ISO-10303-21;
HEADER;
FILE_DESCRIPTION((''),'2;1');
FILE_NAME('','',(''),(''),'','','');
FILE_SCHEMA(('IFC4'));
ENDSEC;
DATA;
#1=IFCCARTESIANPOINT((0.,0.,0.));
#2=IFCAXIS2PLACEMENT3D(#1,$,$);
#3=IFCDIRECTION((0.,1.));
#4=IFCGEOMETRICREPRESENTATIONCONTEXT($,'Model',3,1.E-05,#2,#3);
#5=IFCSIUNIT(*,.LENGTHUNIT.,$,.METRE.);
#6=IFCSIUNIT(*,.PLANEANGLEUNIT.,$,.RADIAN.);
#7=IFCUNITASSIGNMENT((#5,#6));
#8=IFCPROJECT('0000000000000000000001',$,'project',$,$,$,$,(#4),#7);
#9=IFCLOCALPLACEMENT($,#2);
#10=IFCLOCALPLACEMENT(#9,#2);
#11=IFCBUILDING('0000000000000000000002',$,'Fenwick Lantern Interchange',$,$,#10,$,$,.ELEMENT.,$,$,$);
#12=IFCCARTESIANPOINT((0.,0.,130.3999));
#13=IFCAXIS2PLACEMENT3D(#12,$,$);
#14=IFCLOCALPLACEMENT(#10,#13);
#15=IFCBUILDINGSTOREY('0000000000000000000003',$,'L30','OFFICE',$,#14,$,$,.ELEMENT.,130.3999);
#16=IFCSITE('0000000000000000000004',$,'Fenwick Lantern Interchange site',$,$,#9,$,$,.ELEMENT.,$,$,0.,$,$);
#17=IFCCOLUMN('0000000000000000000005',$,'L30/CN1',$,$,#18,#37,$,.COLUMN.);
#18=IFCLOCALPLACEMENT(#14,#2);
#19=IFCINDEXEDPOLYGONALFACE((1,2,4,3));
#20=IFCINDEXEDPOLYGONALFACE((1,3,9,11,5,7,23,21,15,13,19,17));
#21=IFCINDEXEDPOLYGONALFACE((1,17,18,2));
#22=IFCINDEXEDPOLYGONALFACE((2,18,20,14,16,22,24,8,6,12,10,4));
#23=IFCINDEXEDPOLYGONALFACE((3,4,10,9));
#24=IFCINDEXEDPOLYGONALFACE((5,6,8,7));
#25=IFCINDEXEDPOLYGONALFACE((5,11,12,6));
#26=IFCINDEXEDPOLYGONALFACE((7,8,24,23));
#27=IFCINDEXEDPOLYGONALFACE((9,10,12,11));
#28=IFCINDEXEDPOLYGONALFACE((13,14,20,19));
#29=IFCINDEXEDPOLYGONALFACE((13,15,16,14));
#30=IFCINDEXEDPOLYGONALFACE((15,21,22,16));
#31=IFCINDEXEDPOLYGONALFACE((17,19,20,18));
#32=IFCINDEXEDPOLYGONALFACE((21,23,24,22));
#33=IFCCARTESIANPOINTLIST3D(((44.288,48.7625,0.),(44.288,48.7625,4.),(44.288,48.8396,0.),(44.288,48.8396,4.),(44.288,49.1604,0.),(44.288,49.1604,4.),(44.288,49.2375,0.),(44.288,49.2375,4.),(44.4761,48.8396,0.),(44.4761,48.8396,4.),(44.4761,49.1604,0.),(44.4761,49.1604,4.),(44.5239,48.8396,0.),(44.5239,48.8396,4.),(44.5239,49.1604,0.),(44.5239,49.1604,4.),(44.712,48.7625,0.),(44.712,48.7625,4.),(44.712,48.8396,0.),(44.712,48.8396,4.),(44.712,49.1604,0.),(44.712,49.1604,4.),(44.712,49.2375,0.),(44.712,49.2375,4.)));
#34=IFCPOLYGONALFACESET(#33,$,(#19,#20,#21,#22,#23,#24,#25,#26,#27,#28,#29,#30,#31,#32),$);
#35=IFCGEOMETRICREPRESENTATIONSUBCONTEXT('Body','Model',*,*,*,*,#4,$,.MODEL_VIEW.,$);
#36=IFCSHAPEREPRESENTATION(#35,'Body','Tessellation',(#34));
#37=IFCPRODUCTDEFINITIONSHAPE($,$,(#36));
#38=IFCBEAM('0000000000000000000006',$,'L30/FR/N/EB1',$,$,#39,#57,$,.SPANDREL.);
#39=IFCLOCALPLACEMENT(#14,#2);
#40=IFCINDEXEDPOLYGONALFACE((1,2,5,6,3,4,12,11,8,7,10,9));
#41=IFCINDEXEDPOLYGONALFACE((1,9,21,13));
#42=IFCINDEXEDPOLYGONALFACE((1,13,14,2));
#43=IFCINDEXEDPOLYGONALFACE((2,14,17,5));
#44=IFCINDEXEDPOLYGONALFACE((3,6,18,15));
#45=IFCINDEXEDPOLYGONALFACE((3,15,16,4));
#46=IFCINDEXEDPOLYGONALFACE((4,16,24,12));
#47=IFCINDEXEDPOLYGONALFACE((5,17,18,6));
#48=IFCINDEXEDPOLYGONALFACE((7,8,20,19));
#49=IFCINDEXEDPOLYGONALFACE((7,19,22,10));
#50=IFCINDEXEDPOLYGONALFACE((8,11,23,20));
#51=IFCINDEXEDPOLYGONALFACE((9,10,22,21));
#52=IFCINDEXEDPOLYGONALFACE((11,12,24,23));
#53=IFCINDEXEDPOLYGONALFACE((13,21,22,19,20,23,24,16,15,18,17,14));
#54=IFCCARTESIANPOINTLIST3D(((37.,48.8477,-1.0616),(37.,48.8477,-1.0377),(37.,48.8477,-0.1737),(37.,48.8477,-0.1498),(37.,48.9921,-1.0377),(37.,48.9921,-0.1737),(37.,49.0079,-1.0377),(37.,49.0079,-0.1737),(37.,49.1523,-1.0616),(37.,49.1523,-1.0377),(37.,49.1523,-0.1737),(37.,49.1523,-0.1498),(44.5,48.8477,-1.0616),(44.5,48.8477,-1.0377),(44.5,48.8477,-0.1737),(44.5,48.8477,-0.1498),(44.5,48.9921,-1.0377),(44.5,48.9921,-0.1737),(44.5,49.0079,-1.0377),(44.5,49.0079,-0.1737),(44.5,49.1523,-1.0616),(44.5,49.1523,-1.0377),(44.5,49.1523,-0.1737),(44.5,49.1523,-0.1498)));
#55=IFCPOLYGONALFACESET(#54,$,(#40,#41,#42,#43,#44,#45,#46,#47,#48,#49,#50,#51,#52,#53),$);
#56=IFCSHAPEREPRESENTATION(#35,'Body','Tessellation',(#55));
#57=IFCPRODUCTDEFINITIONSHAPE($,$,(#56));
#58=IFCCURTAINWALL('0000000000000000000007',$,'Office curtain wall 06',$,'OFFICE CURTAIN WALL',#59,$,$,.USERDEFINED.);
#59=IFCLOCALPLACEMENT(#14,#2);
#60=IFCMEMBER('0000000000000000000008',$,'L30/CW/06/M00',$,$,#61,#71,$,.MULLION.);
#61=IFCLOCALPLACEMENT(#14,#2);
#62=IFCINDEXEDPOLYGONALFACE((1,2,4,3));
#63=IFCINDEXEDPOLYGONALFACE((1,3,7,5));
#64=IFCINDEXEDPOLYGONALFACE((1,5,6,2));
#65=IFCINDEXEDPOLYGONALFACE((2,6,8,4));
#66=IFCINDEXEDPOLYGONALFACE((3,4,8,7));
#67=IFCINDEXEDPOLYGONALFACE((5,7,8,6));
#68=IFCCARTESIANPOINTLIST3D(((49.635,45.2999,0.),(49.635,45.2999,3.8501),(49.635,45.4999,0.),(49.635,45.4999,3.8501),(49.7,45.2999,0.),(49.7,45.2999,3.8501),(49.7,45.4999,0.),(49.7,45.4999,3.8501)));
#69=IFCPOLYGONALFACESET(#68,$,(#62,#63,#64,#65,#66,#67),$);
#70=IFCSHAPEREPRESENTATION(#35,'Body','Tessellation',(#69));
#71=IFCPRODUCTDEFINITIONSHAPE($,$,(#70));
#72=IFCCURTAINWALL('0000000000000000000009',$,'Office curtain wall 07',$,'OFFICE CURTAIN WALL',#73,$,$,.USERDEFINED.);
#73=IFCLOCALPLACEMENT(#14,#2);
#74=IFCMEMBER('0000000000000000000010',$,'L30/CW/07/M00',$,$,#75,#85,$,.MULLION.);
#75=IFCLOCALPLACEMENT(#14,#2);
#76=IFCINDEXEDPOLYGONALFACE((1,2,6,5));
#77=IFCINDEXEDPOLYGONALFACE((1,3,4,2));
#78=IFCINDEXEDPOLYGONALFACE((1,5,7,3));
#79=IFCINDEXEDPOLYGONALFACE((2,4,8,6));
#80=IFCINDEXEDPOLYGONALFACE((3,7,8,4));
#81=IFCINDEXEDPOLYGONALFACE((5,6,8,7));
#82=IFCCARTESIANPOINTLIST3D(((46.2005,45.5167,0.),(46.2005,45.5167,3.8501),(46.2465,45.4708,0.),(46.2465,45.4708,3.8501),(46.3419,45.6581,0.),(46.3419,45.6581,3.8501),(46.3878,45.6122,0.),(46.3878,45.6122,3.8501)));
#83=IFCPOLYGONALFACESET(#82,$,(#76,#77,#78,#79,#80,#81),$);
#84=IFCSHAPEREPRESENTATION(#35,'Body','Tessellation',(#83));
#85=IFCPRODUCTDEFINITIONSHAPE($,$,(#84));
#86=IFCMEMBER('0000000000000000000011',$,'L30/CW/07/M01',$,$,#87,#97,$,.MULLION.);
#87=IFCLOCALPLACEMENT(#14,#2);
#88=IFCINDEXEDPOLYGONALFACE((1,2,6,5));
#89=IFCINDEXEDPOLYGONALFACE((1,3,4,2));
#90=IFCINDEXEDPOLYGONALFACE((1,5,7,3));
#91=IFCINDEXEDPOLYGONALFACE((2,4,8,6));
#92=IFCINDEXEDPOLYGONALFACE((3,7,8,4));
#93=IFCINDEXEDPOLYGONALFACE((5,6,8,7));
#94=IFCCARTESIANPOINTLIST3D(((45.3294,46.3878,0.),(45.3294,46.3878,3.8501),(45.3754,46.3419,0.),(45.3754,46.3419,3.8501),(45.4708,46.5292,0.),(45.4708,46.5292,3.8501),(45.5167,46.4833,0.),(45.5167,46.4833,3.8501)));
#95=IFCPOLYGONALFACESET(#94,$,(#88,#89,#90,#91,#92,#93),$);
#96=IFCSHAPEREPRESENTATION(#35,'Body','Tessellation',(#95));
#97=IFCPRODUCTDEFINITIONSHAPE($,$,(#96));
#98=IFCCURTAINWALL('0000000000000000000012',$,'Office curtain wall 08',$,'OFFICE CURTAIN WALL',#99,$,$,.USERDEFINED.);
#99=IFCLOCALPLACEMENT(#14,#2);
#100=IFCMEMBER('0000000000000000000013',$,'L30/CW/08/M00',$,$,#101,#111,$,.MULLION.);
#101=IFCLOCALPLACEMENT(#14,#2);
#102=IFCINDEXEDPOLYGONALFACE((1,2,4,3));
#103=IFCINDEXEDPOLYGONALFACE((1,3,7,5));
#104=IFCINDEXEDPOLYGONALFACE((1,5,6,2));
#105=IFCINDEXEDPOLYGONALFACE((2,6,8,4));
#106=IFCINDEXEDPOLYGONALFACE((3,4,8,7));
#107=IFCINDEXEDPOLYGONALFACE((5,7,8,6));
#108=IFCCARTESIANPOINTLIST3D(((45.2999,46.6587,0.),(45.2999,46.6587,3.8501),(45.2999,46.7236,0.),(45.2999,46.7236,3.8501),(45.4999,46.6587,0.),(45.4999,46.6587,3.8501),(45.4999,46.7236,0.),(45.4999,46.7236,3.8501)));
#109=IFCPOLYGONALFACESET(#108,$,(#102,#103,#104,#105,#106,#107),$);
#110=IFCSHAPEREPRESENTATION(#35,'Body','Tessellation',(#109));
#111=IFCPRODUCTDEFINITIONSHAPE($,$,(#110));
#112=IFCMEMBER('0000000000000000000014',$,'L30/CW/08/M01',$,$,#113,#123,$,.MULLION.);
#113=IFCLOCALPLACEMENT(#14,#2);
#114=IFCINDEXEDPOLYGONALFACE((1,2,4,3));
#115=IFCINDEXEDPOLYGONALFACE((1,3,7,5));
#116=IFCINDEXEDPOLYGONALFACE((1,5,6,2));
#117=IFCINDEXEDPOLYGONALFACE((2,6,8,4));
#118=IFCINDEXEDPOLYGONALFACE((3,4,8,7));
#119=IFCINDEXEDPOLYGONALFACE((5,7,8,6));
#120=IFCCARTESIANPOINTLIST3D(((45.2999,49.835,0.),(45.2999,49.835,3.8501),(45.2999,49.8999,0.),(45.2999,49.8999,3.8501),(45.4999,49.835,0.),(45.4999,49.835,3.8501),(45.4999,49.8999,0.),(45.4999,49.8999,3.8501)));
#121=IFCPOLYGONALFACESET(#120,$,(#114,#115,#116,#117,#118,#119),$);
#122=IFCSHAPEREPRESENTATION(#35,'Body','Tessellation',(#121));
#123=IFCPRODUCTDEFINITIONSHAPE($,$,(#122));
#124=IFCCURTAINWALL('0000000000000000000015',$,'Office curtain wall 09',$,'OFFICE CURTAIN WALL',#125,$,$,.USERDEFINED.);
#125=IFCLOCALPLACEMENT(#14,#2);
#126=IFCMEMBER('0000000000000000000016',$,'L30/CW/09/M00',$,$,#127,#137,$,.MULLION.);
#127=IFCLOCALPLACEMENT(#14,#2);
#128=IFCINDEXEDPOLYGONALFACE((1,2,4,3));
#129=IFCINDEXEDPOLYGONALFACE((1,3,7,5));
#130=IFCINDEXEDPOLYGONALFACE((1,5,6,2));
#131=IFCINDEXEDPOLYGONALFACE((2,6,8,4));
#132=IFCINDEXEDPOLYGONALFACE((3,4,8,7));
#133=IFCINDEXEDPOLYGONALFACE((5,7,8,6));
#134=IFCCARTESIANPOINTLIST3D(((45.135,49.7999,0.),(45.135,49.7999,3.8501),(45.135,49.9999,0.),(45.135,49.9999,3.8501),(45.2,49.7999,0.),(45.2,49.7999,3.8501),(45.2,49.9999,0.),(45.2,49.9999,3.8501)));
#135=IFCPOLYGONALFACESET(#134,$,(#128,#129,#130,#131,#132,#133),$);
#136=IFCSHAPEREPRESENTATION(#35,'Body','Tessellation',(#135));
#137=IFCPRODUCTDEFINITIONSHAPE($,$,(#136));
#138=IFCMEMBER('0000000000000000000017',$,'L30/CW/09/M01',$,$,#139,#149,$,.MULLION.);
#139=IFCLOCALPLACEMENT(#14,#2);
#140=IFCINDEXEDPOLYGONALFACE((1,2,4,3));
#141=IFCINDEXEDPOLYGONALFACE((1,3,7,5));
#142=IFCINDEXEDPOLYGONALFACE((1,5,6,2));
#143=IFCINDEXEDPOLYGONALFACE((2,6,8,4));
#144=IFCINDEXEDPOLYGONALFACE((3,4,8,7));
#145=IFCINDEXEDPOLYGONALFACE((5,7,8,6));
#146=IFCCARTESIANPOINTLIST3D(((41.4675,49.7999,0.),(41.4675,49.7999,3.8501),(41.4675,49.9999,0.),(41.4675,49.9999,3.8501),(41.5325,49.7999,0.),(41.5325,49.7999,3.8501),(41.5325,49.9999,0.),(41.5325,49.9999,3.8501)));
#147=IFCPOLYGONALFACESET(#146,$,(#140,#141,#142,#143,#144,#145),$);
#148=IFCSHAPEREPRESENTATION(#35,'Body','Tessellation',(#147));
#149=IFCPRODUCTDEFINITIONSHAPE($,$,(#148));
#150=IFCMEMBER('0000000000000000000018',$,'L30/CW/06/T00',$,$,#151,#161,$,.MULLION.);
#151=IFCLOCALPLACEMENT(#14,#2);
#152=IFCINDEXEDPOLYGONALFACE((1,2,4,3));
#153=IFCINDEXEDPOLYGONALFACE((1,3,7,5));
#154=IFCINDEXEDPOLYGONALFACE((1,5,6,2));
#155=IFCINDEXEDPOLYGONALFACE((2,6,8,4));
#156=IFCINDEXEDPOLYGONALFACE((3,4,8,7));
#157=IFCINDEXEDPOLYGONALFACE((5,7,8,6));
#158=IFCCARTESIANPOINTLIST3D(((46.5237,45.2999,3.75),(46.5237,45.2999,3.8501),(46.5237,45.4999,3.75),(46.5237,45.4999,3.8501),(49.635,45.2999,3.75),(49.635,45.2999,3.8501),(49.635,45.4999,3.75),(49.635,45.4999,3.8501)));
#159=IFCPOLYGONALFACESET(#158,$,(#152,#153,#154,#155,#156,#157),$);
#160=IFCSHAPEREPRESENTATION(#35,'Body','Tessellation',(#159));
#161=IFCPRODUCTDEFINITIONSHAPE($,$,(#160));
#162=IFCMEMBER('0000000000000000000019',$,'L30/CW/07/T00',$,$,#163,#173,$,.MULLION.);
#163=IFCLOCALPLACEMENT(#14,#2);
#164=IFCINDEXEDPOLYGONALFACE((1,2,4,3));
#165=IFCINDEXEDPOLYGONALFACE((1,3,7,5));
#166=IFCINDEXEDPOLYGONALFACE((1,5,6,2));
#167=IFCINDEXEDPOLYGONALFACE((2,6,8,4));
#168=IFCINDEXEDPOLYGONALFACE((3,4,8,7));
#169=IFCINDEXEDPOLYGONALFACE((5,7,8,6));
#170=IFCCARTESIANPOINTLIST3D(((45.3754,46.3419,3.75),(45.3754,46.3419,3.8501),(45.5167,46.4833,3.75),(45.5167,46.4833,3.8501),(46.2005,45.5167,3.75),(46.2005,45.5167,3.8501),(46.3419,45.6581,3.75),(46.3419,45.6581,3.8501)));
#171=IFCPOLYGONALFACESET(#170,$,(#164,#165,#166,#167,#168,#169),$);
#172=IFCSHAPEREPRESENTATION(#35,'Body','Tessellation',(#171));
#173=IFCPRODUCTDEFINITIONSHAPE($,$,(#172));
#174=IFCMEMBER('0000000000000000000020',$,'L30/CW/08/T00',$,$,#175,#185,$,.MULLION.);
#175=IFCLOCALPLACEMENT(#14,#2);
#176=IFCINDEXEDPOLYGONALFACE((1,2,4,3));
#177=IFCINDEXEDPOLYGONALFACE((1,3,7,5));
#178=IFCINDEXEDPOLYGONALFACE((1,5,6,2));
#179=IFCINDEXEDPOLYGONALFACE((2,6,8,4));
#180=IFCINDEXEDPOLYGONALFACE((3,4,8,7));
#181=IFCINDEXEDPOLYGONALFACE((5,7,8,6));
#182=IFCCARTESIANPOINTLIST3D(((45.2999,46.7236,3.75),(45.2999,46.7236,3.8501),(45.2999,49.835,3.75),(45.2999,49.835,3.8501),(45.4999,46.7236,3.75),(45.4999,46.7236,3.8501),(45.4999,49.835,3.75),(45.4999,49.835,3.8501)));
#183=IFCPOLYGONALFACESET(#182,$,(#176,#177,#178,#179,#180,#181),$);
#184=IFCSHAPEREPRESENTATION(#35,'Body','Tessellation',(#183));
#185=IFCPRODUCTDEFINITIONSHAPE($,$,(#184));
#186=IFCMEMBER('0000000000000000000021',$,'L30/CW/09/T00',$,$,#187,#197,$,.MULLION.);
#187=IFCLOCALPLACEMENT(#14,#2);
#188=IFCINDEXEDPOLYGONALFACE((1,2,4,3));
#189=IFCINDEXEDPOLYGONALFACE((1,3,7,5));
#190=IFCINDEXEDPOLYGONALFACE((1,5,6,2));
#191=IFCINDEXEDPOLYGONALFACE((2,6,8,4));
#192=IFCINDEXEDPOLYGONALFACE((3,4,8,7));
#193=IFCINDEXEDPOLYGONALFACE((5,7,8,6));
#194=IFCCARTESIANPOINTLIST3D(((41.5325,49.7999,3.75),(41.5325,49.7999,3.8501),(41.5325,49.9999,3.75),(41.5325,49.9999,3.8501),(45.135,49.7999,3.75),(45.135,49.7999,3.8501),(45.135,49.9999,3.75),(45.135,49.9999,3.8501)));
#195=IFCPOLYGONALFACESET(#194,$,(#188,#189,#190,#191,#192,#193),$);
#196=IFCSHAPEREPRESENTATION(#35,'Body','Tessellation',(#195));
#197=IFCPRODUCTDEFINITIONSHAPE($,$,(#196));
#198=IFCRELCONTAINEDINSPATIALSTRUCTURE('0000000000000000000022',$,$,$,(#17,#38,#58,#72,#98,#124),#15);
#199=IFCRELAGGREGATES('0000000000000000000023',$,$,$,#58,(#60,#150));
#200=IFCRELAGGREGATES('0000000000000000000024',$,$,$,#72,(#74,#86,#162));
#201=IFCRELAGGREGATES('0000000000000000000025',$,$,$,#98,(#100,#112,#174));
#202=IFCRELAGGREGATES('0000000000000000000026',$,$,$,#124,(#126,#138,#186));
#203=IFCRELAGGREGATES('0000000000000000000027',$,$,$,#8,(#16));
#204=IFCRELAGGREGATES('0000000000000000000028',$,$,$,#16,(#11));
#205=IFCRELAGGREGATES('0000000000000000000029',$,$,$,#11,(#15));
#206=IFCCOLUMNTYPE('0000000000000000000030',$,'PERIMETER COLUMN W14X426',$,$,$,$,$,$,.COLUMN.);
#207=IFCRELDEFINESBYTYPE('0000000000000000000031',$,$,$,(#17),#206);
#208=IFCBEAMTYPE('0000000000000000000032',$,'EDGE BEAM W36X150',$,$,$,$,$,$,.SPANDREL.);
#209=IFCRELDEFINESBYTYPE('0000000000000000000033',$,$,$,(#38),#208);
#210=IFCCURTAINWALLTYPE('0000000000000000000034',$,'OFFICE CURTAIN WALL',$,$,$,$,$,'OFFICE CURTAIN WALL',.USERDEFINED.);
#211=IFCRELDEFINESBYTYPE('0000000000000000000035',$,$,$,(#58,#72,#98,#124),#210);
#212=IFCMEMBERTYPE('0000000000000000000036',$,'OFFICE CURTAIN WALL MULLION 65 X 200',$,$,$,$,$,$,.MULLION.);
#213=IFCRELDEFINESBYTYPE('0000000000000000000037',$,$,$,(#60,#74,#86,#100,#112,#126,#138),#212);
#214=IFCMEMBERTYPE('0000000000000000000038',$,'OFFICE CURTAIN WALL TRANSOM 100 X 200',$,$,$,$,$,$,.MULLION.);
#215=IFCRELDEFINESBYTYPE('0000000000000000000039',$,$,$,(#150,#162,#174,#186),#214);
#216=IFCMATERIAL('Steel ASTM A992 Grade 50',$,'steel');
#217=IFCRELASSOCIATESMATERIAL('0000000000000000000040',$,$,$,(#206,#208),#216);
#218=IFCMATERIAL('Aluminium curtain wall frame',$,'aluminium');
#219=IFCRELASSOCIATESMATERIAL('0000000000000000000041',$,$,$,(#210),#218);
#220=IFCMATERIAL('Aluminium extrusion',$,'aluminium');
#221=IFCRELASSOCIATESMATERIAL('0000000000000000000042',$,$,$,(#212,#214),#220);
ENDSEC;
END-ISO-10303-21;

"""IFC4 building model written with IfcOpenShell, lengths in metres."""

from ifc_helpers import new_model, si_unit, direction, frame, origin, origin_2d, place, context, subcontext, project, spatial, rectangle, i_section, extrude, material, material_profile, profile_set, type_object, element, aggregate, save


model = new_model("IFC4")

# Units and contexts
model_context = context("Model", 3, precision=1e-05, world=origin(), true_north=direction((0.0, 1.0)))
body_context = subcontext(model_context, "Body", "Model", "MODEL_VIEW")
ifc_project = project(units=[si_unit("LENGTHUNIT", "METRE"), si_unit("PLANEANGLEUNIT", "RADIAN")], contexts=[model_context])

# Site, building, storey
site_placement = place(None, origin())
site = spatial("IfcSite", under=ifc_project, at=site_placement, Name="Fenwick Lantern Interchange site", CompositionType="ELEMENT", RefElevation=0.0)
building_placement = place(site_placement, origin())
building = spatial("IfcBuilding", under=site, at=building_placement, Name="Fenwick Lantern Interchange", CompositionType="ELEMENT")
storey_placement = place(building_placement, frame((0.0, 0.0, 130.3999)))
storey = spatial("IfcBuildingStorey", under=building, at=storey_placement, Name="L30", Description="OFFICE", CompositionType="ELEMENT", Elevation=130.3999)

# Column
ifc_material_1 = material(Name="Steel ASTM A992 Grade 50", Category="steel")
ifc_material_profile_1 = material_profile(ifc_material_1, i_section(OverallWidth=0.4241, OverallDepth=0.4751, WebThickness=0.0479, FlangeThickness=0.0771, at=origin_2d()), Name="W14X426")
ifc_profile_set_1 = profile_set([ifc_material_profile_1], Name="Steel ASTM A992 Grade 50")
column_type = type_object("IfcColumnType", Name="PERIMETER COLUMN W14X426", PredefinedType="COLUMN", material=ifc_profile_set_1)
column_placement = place(storey_placement, frame((44.5, 49.0, 0.0), z_axis=(0.0, 0.0, 1.0), x_axis=(1.0, 0.0, 0.0)))
element("IfcColumn", 1, at=column_placement, inside=storey, type_object=column_type, Name="L30/CN1", PredefinedType="COLUMN", context=body_context, shape_type="SweptSolid", body=[
    extrude(i_section(OverallWidth=0.4241, OverallDepth=0.4751, WebThickness=0.0479, FlangeThickness=0.0771, at=origin_2d()), origin(), (0.0, 0.0, 1.0), 4.0),
])

# Beam
ifc_material_profile_2 = material_profile(ifc_material_1, i_section(OverallWidth=0.3047, OverallDepth=0.9119, WebThickness=0.0159, FlangeThickness=0.0239, at=origin_2d()), Name="W36X150")
ifc_profile_set_2 = profile_set([ifc_material_profile_2], Name="Steel ASTM A992 Grade 50")
beam_type = type_object("IfcBeamType", Name="EDGE BEAM W36X150", PredefinedType="SPANDREL", material=ifc_profile_set_2)
beam_placement = place(storey_placement, frame((44.5, 49.0, -0.6057), z_axis=(-1.0, 0.0, 0.0), x_axis=(0.0, -1.0, 0.0)))
element("IfcBeam", 2, at=beam_placement, inside=storey, type_object=beam_type, Name="L30/FR/N/EB1", PredefinedType="SPANDREL", context=body_context, shape_type="SweptSolid", body=[
    extrude(i_section(OverallWidth=0.3047, OverallDepth=0.9119, WebThickness=0.0159, FlangeThickness=0.0239, at=origin_2d()), origin(), (0.0, 0.0, 1.0), 7.5),
])

# Curtain wall, member
ifc_material_2 = material(Name="Aluminium curtain wall frame", Category="aluminium")
curtain_wall_type = type_object("IfcCurtainWallType", Name="OFFICE CURTAIN WALL", ElementType="OFFICE CURTAIN WALL", PredefinedType="USERDEFINED", material=ifc_material_2)
curtain_wall_1_placement = place(storey_placement, origin())
curtain_wall_1 = element("IfcCurtainWall", 3, at=curtain_wall_1_placement, inside=storey, type_object=curtain_wall_type, Name="Office curtain wall 06", ObjectType="OFFICE CURTAIN WALL", PredefinedType="USERDEFINED")
ifc_material_3 = material(Name="Aluminium extrusion", Category="aluminium")
ifc_material_profile_3 = material_profile(ifc_material_3, rectangle(XDim=0.2, YDim=0.0649, at=origin_2d()), Name="OFFICE CURTAIN WALL MULLION 65 X 200")
ifc_profile_set_3 = profile_set([ifc_material_profile_3], Name="Aluminium extrusion")
member_type_1 = type_object("IfcMemberType", Name="OFFICE CURTAIN WALL MULLION 65 X 200", PredefinedType="MULLION", material=ifc_profile_set_3)
member_1_placement = place(storey_placement, frame((49.6675, 45.3999, 0.0), z_axis=(0.0, 0.0, 1.0), x_axis=(0.0, -1.0, 0.0)))
member_1 = element("IfcMember", 4, at=member_1_placement, type_object=member_type_1, Name="L30/CW/06/M00", PredefinedType="MULLION", context=body_context, shape_type="SweptSolid", body=[
    extrude(rectangle(XDim=0.2, YDim=0.0649, at=origin_2d()), origin(), (0.0, 0.0, 1.0), 3.8501),
])

# Curtain walls, members
curtain_wall_2_placement = place(storey_placement, origin())
curtain_wall_2 = element("IfcCurtainWall", 5, at=curtain_wall_2_placement, inside=storey, type_object=curtain_wall_type, Name="Office curtain wall 07", ObjectType="OFFICE CURTAIN WALL", PredefinedType="USERDEFINED")
member_2_placement = place(storey_placement, frame((46.2942, 45.5645, 0.0), z_axis=(0.0, 0.0, 1.0), x_axis=(-0.707107, -0.707107, 0.0)))
member_2 = element("IfcMember", 6, at=member_2_placement, type_object=member_type_1, Name="L30/CW/07/M00", PredefinedType="MULLION", context=body_context, shape_type="SweptSolid", body=[
    extrude(rectangle(XDim=0.2, YDim=0.0649, at=origin_2d()), origin(), (0.0, 0.0, 1.0), 3.8501),
])
member_3_placement = place(storey_placement, frame((45.4231, 46.4355, 0.0), z_axis=(0.0, 0.0, 1.0), x_axis=(-0.707107, -0.707107, 0.0)))
member_3 = element("IfcMember", 7, at=member_3_placement, type_object=member_type_1, Name="L30/CW/07/M01", PredefinedType="MULLION", context=body_context, shape_type="SweptSolid", body=[
    extrude(rectangle(XDim=0.2, YDim=0.0649, at=origin_2d()), origin(), (0.0, 0.0, 1.0), 3.8501),
])
curtain_wall_3_placement = place(storey_placement, origin())
curtain_wall_3 = element("IfcCurtainWall", 8, at=curtain_wall_3_placement, inside=storey, type_object=curtain_wall_type, Name="Office curtain wall 08", ObjectType="OFFICE CURTAIN WALL", PredefinedType="USERDEFINED")
member_4_placement = place(storey_placement, frame((45.3999, 46.6912, 0.0), z_axis=(0.0, 0.0, 1.0), x_axis=(-1.0, 0.0, 0.0)))
member_4 = element("IfcMember", 9, at=member_4_placement, type_object=member_type_1, Name="L30/CW/08/M00", PredefinedType="MULLION", context=body_context, shape_type="SweptSolid", body=[
    extrude(rectangle(XDim=0.2, YDim=0.0649, at=origin_2d()), origin(), (0.0, 0.0, 1.0), 3.8501),
])
member_5_placement = place(storey_placement, frame((45.3999, 49.8674, 0.0), z_axis=(0.0, 0.0, 1.0), x_axis=(-1.0, 0.0, 0.0)))
member_5 = element("IfcMember", 10, at=member_5_placement, type_object=member_type_1, Name="L30/CW/08/M01", PredefinedType="MULLION", context=body_context, shape_type="SweptSolid", body=[
    extrude(rectangle(XDim=0.2, YDim=0.0649, at=origin_2d()), origin(), (0.0, 0.0, 1.0), 3.8501),
])
curtain_wall_4_placement = place(storey_placement, origin())
curtain_wall_4 = element("IfcCurtainWall", 11, at=curtain_wall_4_placement, inside=storey, type_object=curtain_wall_type, Name="Office curtain wall 09", ObjectType="OFFICE CURTAIN WALL", PredefinedType="USERDEFINED")
member_6_placement = place(storey_placement, frame((45.1675, 49.8999, 0.0), z_axis=(0.0, 0.0, 1.0), x_axis=(0.0, -1.0, 0.0)))
member_6 = element("IfcMember", 12, at=member_6_placement, type_object=member_type_1, Name="L30/CW/09/M00", PredefinedType="MULLION", context=body_context, shape_type="SweptSolid", body=[
    extrude(rectangle(XDim=0.2, YDim=0.0649, at=origin_2d()), origin(), (0.0, 0.0, 1.0), 3.8501),
])
member_7_placement = place(storey_placement, frame((41.5, 49.8999, 0.0), z_axis=(0.0, 0.0, 1.0), x_axis=(0.0, -1.0, 0.0)))
member_7 = element("IfcMember", 13, at=member_7_placement, type_object=member_type_1, Name="L30/CW/09/M01", PredefinedType="MULLION", context=body_context, shape_type="SweptSolid", body=[
    extrude(rectangle(XDim=0.2, YDim=0.0649, at=origin_2d()), origin(), (0.0, 0.0, 1.0), 3.8501),
])

# Members
ifc_material_profile_4 = material_profile(ifc_material_3, rectangle(XDim=0.2, YDim=0.1001, at=origin_2d()), Name="OFFICE CURTAIN WALL TRANSOM 100 X 200")
ifc_profile_set_4 = profile_set([ifc_material_profile_4], Name="Aluminium extrusion")
member_type_2 = type_object("IfcMemberType", Name="OFFICE CURTAIN WALL TRANSOM 100 X 200", PredefinedType="MULLION", material=ifc_profile_set_4)
member_8_placement = place(storey_placement, frame((49.635, 45.3999, 3.8), z_axis=(-1.0, 0.0, 0.0), x_axis=(0.0, -1.0, 0.0)))
member_8 = element("IfcMember", 14, at=member_8_placement, type_object=member_type_2, Name="L30/CW/06/T00", PredefinedType="MULLION", context=body_context, shape_type="SweptSolid", body=[
    extrude(rectangle(XDim=0.2, YDim=0.1001, at=origin_2d()), origin(), (0.0, 0.0, 1.0), 3.1113),
])
member_9_placement = place(storey_placement, frame((46.2712, 45.5874, 3.8), z_axis=(-0.707107, 0.707107, 0.0), x_axis=(-0.707107, -0.707107, 0.0)))
member_9 = element("IfcMember", 15, at=member_9_placement, type_object=member_type_2, Name="L30/CW/07/T00", PredefinedType="MULLION", context=body_context, shape_type="SweptSolid", body=[
    extrude(rectangle(XDim=0.2, YDim=0.1001, at=origin_2d()), origin(), (0.0, 0.0, 1.0), 1.167),
])
member_10_placement = place(storey_placement, frame((45.3999, 46.7236, 3.8), z_axis=(0.0, 1.0, 0.0), x_axis=(-1.0, 0.0, 0.0)))
member_10 = element("IfcMember", 16, at=member_10_placement, type_object=member_type_2, Name="L30/CW/08/T00", PredefinedType="MULLION", context=body_context, shape_type="SweptSolid", body=[
    extrude(rectangle(XDim=0.2, YDim=0.1001, at=origin_2d()), origin(), (0.0, 0.0, 1.0), 3.1113),
])
member_11_placement = place(storey_placement, frame((45.135, 49.8999, 3.8), z_axis=(-1.0, 0.0, 0.0), x_axis=(0.0, -1.0, 0.0)))
member_11 = element("IfcMember", 17, at=member_11_placement, type_object=member_type_2, Name="L30/CW/09/T00", PredefinedType="MULLION", context=body_context, shape_type="SweptSolid", body=[
    extrude(rectangle(XDim=0.2, YDim=0.1001, at=origin_2d()), origin(), (0.0, 0.0, 1.0), 3.6025),
])

aggregate(curtain_wall_1, [member_1, member_8])
aggregate(curtain_wall_2, [member_2, member_3, member_9])
aggregate(curtain_wall_3, [member_4, member_5, member_10])
aggregate(curtain_wall_4, [member_6, member_7, member_11])

save(model, "model.ifc")
